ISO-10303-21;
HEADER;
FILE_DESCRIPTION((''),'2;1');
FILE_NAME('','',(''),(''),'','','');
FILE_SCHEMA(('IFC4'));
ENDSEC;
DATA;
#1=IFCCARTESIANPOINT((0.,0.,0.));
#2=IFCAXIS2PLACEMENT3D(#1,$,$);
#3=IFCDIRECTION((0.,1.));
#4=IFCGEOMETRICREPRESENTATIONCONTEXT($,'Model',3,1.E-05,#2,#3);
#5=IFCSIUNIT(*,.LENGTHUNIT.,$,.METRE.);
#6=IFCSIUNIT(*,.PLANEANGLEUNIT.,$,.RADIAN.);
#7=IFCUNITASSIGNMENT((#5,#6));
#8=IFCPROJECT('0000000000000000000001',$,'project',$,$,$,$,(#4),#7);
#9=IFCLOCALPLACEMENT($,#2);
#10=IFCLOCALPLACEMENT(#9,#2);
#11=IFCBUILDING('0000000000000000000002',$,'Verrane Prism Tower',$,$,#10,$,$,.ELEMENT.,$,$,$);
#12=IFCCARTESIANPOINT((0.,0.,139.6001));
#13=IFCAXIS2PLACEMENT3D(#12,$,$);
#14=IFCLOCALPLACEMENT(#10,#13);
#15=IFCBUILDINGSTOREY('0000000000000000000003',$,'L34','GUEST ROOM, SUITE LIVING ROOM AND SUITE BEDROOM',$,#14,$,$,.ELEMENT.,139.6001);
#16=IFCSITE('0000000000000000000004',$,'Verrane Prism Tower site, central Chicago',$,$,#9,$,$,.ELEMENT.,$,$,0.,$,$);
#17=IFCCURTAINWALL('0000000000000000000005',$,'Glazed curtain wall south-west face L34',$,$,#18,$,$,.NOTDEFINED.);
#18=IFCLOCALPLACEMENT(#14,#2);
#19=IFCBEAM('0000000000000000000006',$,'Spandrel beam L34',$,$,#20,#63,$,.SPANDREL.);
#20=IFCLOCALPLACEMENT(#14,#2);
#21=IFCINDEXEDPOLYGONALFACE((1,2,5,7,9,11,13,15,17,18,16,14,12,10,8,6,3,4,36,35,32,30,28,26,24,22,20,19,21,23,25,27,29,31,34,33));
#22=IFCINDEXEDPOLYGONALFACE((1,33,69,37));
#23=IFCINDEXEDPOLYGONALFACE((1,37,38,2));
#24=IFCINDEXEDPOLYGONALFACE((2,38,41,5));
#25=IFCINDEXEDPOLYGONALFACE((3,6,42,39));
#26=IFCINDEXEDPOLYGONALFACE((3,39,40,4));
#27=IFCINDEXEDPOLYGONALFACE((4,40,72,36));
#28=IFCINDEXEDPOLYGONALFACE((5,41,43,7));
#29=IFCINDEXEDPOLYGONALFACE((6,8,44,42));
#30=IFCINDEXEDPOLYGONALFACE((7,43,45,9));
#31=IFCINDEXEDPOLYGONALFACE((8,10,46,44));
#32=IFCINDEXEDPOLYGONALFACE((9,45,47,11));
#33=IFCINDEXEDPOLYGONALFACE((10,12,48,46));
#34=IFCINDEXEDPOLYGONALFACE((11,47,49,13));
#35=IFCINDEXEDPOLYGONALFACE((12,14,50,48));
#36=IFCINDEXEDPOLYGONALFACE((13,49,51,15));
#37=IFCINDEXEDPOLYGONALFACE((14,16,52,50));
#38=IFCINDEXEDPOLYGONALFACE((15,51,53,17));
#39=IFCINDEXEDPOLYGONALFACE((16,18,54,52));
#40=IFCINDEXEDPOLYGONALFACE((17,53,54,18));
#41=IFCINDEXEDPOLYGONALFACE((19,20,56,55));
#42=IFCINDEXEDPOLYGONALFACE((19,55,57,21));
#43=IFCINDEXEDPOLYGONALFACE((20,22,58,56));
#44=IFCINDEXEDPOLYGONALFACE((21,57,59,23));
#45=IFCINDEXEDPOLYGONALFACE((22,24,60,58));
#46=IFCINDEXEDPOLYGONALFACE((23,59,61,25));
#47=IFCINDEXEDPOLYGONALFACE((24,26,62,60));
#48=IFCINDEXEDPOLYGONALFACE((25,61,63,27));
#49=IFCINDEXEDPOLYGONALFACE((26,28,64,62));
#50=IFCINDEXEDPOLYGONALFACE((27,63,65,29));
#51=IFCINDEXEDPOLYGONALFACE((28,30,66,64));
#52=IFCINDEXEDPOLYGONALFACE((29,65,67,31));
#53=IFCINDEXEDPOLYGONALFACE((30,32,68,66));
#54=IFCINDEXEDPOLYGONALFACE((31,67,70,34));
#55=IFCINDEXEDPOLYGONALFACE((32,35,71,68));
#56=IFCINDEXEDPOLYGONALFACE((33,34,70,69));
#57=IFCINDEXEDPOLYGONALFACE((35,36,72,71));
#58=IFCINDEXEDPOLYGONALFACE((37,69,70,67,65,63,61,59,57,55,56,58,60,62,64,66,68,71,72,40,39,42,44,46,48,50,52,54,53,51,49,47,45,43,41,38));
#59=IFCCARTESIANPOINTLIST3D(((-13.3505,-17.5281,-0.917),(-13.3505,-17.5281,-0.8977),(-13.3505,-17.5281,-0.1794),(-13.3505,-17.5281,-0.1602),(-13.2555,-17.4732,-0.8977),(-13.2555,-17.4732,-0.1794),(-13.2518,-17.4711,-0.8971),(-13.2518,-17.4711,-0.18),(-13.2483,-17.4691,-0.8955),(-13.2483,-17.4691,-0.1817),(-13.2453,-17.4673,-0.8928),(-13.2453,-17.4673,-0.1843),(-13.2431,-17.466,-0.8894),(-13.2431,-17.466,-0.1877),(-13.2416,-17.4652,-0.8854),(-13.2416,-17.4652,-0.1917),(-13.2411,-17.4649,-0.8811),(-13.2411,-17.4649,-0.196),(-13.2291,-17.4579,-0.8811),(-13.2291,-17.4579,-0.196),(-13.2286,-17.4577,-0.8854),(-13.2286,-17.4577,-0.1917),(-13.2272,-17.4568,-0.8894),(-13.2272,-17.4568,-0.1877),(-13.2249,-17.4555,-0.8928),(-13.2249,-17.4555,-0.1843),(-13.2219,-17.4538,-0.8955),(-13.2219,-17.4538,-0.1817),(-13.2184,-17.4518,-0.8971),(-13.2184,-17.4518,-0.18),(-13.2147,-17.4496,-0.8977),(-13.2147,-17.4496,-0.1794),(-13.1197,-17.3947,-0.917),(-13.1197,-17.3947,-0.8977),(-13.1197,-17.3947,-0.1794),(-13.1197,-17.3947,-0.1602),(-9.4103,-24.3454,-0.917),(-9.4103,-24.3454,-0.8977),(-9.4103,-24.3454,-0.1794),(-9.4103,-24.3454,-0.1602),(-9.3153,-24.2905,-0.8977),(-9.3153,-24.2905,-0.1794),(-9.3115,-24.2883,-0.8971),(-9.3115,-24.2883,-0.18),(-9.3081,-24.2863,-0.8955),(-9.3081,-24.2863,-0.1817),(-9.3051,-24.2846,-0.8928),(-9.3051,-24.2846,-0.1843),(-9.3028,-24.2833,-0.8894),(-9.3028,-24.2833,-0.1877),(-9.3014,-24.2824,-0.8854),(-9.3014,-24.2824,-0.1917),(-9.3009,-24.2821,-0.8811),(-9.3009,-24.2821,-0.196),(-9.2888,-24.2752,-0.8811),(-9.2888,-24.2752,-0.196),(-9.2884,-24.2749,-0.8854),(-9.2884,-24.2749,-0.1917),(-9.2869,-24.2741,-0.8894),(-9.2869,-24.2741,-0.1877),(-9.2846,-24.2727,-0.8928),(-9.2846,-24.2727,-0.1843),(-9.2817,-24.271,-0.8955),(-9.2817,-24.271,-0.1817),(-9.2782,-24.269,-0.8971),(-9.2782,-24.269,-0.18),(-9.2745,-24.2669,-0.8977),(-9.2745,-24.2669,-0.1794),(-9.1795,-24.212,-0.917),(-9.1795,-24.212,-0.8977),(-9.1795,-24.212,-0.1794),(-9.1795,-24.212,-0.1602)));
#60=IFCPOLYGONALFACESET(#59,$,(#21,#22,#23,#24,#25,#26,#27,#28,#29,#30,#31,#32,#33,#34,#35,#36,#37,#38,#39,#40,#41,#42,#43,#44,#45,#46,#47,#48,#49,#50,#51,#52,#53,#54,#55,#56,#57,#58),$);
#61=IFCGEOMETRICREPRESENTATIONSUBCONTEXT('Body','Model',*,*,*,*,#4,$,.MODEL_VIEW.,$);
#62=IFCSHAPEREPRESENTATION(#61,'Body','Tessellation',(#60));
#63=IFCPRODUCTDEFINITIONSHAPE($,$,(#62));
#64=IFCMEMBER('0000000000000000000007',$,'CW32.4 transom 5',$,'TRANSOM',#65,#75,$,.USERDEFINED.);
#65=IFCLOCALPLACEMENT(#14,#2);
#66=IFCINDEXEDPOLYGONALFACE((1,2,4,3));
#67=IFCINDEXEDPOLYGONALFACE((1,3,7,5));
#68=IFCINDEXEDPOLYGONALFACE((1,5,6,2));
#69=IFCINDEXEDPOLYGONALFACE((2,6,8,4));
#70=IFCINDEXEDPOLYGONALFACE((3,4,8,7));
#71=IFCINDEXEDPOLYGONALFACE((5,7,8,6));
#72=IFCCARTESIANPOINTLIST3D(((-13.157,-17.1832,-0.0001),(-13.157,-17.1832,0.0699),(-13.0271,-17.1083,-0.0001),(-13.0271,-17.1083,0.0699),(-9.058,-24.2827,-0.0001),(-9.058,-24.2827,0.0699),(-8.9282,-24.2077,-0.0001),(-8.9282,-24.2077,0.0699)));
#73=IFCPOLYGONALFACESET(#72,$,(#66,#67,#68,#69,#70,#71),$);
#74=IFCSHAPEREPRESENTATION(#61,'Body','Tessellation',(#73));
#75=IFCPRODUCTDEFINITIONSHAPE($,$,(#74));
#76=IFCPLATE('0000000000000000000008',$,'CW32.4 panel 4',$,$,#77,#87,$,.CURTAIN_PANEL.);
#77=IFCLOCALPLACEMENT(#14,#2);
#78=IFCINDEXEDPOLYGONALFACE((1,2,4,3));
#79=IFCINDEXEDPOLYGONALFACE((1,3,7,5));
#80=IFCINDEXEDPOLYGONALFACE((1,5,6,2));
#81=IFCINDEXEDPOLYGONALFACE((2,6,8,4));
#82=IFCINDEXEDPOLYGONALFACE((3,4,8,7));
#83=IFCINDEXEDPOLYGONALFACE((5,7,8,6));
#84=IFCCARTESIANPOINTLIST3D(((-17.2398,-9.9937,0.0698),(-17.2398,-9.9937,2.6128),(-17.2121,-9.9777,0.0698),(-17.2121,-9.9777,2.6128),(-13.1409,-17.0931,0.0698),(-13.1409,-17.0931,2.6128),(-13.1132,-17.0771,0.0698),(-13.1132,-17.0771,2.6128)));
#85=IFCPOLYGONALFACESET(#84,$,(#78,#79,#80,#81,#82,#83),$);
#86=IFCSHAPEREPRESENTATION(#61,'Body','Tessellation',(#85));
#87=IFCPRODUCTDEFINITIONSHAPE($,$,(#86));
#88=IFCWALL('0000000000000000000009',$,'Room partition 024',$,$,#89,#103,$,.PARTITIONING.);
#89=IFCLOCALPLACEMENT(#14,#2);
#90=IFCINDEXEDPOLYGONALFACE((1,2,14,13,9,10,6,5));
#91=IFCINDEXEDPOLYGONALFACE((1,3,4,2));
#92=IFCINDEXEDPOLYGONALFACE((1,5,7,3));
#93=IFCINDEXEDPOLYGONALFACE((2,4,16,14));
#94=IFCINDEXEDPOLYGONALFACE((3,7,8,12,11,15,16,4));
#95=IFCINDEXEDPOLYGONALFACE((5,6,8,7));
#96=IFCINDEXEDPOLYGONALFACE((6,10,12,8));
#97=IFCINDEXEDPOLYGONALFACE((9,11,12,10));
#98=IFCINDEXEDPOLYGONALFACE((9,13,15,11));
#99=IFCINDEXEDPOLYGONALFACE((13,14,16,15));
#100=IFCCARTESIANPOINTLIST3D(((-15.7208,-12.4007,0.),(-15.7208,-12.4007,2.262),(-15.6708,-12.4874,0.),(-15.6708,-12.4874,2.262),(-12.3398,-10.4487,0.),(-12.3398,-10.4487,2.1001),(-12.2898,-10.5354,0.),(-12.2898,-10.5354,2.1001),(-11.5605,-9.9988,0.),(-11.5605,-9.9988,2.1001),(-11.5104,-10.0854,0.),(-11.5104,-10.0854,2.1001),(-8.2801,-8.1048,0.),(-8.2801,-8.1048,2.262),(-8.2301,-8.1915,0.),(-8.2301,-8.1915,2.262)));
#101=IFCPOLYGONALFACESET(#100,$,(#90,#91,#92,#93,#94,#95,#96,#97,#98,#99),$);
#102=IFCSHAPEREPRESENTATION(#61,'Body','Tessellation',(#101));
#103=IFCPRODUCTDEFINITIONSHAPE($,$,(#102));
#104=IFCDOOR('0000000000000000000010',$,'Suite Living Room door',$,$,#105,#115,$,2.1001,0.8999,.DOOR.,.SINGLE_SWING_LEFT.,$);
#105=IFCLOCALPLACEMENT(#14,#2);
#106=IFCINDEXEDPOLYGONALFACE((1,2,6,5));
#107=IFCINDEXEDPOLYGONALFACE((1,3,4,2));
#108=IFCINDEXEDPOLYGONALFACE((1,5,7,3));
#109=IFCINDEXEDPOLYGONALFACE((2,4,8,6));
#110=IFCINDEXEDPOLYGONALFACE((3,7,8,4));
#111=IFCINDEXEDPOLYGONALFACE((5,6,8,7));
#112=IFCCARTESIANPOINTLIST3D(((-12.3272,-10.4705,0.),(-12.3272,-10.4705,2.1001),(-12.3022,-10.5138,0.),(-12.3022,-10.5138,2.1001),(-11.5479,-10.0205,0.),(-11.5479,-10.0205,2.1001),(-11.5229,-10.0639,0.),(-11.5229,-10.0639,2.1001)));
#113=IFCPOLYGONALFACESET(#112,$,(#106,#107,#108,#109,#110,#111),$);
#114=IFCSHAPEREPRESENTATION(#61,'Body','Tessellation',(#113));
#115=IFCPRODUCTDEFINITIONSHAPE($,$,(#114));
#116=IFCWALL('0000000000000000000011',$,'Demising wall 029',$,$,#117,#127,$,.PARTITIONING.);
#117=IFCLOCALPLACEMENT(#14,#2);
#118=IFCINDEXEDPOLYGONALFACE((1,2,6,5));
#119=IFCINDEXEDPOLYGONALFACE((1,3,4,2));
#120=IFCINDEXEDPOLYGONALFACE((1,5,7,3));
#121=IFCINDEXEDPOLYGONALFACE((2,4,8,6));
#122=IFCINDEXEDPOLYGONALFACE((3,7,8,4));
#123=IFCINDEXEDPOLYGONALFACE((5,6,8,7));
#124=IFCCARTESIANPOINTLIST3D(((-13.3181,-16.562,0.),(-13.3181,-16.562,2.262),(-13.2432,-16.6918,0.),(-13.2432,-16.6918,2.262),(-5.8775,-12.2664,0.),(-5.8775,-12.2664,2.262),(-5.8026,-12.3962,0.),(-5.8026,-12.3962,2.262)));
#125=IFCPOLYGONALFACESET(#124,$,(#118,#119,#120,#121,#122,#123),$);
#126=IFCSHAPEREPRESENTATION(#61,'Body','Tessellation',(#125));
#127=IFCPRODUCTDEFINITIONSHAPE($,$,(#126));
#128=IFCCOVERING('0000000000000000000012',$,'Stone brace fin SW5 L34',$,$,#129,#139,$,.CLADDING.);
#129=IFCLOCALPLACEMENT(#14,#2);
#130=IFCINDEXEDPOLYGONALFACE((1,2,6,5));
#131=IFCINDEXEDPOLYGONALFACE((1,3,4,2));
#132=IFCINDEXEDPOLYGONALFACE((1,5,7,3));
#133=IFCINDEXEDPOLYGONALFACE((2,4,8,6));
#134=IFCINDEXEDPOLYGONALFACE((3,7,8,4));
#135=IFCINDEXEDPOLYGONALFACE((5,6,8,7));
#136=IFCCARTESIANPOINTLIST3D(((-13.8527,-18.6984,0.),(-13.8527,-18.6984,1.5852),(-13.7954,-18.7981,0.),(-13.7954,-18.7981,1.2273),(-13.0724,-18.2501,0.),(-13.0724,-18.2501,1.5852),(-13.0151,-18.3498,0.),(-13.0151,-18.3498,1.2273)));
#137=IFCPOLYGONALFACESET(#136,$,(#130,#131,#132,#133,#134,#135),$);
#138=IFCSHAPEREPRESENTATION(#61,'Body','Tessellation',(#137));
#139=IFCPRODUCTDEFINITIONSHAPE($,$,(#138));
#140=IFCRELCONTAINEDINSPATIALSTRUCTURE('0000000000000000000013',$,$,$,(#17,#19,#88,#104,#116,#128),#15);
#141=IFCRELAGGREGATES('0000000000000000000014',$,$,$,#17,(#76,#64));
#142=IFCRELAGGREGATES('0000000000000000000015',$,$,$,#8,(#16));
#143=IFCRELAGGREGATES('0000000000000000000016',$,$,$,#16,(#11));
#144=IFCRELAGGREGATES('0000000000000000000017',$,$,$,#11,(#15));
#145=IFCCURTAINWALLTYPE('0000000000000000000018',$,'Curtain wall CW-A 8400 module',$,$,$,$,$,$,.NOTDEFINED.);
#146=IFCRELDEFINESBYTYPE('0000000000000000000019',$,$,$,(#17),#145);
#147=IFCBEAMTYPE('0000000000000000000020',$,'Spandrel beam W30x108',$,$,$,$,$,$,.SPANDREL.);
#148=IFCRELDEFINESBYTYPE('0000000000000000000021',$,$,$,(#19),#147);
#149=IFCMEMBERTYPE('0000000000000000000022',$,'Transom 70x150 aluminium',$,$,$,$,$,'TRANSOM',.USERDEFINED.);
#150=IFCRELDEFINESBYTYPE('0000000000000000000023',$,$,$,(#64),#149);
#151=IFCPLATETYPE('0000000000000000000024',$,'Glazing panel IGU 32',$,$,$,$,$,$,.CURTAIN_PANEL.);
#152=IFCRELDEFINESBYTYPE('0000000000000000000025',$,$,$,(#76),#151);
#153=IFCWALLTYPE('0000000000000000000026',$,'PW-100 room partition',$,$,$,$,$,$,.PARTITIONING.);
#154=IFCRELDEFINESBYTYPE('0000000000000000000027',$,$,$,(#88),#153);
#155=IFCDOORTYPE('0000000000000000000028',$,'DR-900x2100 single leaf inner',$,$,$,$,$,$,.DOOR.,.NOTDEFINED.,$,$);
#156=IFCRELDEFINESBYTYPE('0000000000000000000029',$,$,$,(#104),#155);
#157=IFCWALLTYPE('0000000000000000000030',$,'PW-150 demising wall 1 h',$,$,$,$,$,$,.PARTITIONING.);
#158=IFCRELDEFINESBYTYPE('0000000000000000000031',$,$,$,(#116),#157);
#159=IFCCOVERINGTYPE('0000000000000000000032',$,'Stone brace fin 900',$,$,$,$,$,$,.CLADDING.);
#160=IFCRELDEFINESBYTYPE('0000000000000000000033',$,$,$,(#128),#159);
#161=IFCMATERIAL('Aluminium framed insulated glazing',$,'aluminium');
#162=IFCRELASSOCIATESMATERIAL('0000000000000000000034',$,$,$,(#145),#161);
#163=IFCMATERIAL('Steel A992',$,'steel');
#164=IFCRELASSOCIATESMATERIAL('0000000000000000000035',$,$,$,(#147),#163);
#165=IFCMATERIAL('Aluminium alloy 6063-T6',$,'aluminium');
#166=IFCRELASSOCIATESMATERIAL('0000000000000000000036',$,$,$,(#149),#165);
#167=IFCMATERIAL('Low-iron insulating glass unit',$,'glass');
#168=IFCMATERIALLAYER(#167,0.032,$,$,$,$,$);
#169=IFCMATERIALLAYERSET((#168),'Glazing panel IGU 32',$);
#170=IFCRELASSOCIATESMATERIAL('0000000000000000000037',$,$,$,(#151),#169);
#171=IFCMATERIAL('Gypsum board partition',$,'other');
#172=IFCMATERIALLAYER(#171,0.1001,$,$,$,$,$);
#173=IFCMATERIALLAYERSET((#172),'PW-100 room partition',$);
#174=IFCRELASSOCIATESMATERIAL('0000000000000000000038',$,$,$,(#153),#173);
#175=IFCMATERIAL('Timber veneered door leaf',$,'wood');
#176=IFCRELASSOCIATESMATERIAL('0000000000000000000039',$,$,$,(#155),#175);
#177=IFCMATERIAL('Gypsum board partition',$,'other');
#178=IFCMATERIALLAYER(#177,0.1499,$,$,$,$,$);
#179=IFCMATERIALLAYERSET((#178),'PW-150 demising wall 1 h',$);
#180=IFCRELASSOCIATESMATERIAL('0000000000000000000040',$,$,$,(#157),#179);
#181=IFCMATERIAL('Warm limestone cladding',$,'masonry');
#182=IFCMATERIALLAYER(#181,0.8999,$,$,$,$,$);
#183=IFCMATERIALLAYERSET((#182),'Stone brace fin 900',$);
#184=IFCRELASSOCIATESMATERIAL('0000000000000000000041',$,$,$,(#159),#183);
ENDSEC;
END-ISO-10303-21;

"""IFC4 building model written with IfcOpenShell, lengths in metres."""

from ifc_helpers import new_model, si_unit, direction, frame, frame_2d, origin, origin_2d, place, context, subcontext, project, spatial, polyline, rectangle, i_section, outline, extrude, material, layer, layer_set, material_profile, profile_set, type_object, element, fill, aggregate, save


model = new_model("IFC4")

# Units and contexts
model_context = context("Model", 3, precision=1e-05, world=origin(), true_north=direction((0.0, 1.0)))
body_context = subcontext(model_context, "Body", "Model", "MODEL_VIEW")
ifc_project = project(units=[si_unit("LENGTHUNIT", "METRE"), si_unit("PLANEANGLEUNIT", "RADIAN")], contexts=[model_context])

# Site, building, storey
site_placement = place(None, origin())
site = spatial("IfcSite", under=ifc_project, at=site_placement, Name="Verrane Prism Tower site, central Chicago", CompositionType="ELEMENT", RefElevation=0.0)
building_placement = place(site_placement, origin())
building = spatial("IfcBuilding", under=site, at=building_placement, Name="Verrane Prism Tower", CompositionType="ELEMENT")
storey_placement = place(building_placement, frame((0.0, 0.0, 139.6001)))
storey = spatial("IfcBuildingStorey", under=building, at=storey_placement, Name="L34", Description="GUEST ROOM, SUITE LIVING ROOM AND SUITE BEDROOM", CompositionType="ELEMENT", Elevation=139.6001)

# Curtain wall
ifc_material_1 = material(Name="Aluminium framed insulated glazing", Category="aluminium")
curtain_wall_type = type_object("IfcCurtainWallType", Name="Curtain wall CW-A 8400 module", PredefinedType="NOTDEFINED", material=ifc_material_1)
curtain_wall_placement = place(storey_placement, origin())
curtain_wall = element("IfcCurtainWall", 1, at=curtain_wall_placement, inside=storey, type_object=curtain_wall_type, Name="Glazed curtain wall south-west face L34", PredefinedType="NOTDEFINED")

# Beam
ifc_material_2 = material(Name="Steel A992", Category="steel")
ifc_material_profile_1 = material_profile(ifc_material_2, i_section(OverallWidth=0.2666, OverallDepth=0.7568, WebThickness=0.0139, FlangeThickness=0.0193, FilletRadius=0.0166, at=origin_2d()), Name="W30x108")
ifc_profile_set_1 = profile_set([ifc_material_profile_1], Name="Steel A992")
beam_type_1 = type_object("IfcBeamType", Name="Spandrel beam W30x108", PredefinedType="SPANDREL", material=ifc_profile_set_1)
for number, where, z_axis, x_axis, name in (
    (2, (-13.2351, -17.4614, -0.5386), (0.50041, -0.865788, 0.0), (0.865788, 0.50041, 0.0), "Spandrel beam L34"),
):
    element("IfcBeam", number, at=place(storey_placement, frame(where, z_axis=z_axis, x_axis=x_axis)), inside=storey, type_object=beam_type_1, Name=name, PredefinedType="SPANDREL", context=body_context, shape_type="SweptSolid", body=[
        extrude(i_section(OverallWidth=0.2666, OverallDepth=0.7568, WebThickness=0.0139, FlangeThickness=0.0193, FilletRadius=0.0166, at=origin_2d()), origin(), (0.0, 0.0, 1.0), 7.874),
    ])

# Member
ifc_material_3 = material(Name="Aluminium alloy 6063-T6", Category="aluminium")
ifc_material_profile_2 = material_profile(ifc_material_3, rectangle(XDim=0.1499, YDim=0.0701, at=origin_2d()), Name="Transom 70x150 aluminium")
ifc_profile_set_2 = profile_set([ifc_material_profile_2], Name="Aluminium alloy 6063-T6")
member_type_1 = type_object("IfcMemberType", Name="Transom 70x150 aluminium", ElementType="TRANSOM", PredefinedType="USERDEFINED", material=ifc_profile_set_2)
member_1_placement = place(storey_placement, frame((-13.092, -17.1458, 0.0349), z_axis=(0.500005, -0.866022, 0.0), x_axis=(0.866022, 0.500005, 0.0)))
member_1 = element("IfcMember", 3, at=member_1_placement, type_object=member_type_1, Name="CW32.4 transom 5", ObjectType="TRANSOM", PredefinedType="USERDEFINED", context=body_context, shape_type="SweptSolid", body=[
    extrude(rectangle(XDim=0.1499, YDim=0.0701, at=origin_2d()), origin(), (0.0, 0.0, 1.0), 8.1978),
])

# Plate
ifc_material_4 = material(Name="Low-iron insulating glass unit", Category="glass")
ifc_layer_1 = layer(ifc_material_4, 0.032)
ifc_layer_set_1 = layer_set([ifc_layer_1], Name="Glazing panel IGU 32")
plate_type = type_object("IfcPlateType", Name="Glazing panel IGU 32", PredefinedType="CURTAIN_PANEL", material=ifc_layer_set_1)
plate_placement = place(storey_placement, frame((-15.1765, -13.5354, 0.0698), z_axis=(0.0, 0.0, 1.0), x_axis=(0.5, -0.866025, 0.0)))
plate = element("IfcPlate", 4, at=plate_placement, type_object=plate_type, Name="CW32.4 panel 4", PredefinedType="CURTAIN_PANEL", context=body_context, shape_type="SweptSolid", body=[
    extrude(rectangle(XDim=8.1978, YDim=0.032, at=origin_2d()), origin(), (0.0, 0.0, 1.0), 2.543),
])
aggregate(curtain_wall, [plate, member_1])

# Wall, opening, door
ifc_material_5 = material(Name="Gypsum board partition", Category="other")
ifc_layer_2 = layer(ifc_material_5, 0.1001)
ifc_layer_set_2 = layer_set([ifc_layer_2], Name="PW-100 room partition")
wall_type_1 = type_object("IfcWallType", Name="PW-100 room partition", PredefinedType="PARTITIONING", material=ifc_layer_set_2)
wall_1_placement = place(storey_placement, frame((-15.6958, -12.4441, 0.0), z_axis=(0.0, 0.0, 1.0), x_axis=(0.866024, 0.500002, 0.0)))
wall_1 = element("IfcWall", 5, at=wall_1_placement, inside=storey, type_object=wall_type_1, Name="Room partition 024", PredefinedType="PARTITIONING", context=body_context, shape_type="SweptSolid", body=[
    extrude(rectangle(XDim=8.5918, YDim=0.1001, at=frame_2d((4.2959, 0.0))), origin(), (0.0, 0.0, 1.0), 2.262),
])
opening_placement = place(wall_1_placement, frame((3.9041, 0.0, 0.0)))
opening = element("IfcOpeningElement", 6, at=opening_placement, cuts=wall_1, PredefinedType="OPENING", context=body_context, shape_type="SweptSolid", body=[
    extrude(rectangle(XDim=0.8999, YDim=2.1001, at=frame_2d((0.45, 1.05))), frame((0.0, 0.0601, 0.0), z_axis=(0.0, -1.0, 0.0), x_axis=(1.0, 0.0, 0.0)), (0.0, 0.0, 1.0), 0.1201),
])
ifc_material_6 = material(Name="Timber veneered door leaf", Category="wood")
door_type = type_object("IfcDoorType", Name="DR-900x2100 single leaf inner", OperationType="NOTDEFINED", PredefinedType="DOOR", material=ifc_material_6)
door_placement = place(opening_placement, origin())
door = element("IfcDoor", 7, at=door_placement, inside=storey, type_object=door_type, Name="Suite Living Room door", OperationType="SINGLE_SWING_LEFT", OverallHeight=2.1001, OverallWidth=0.8999, PredefinedType="DOOR", context=body_context, shape_type="SweptSolid", body=[
    extrude(rectangle(XDim=0.8999, YDim=2.1001, at=frame_2d((0.45, 1.05))), frame((0.0, 0.0249, 0.0), z_axis=(0.0, -1.0, 0.0), x_axis=(1.0, 0.0, 0.0)), (0.0, 0.0, 1.0), 0.05),
])
fill(opening, door)

# Wall
ifc_material_7 = material(Name="Gypsum board partition", Category="other")
ifc_layer_3 = layer(ifc_material_7, 0.1499)
ifc_layer_set_3 = layer_set([ifc_layer_3], Name="PW-150 demising wall 1 h")
wall_type_2 = type_object("IfcWallType", Name="PW-150 demising wall 1 h", PredefinedType="PARTITIONING", material=ifc_layer_set_3)
wall_2_placement = place(storey_placement, frame((-13.2808, -16.627, 0.0), z_axis=(0.0, 0.0, 1.0), x_axis=(0.866037, 0.499981, 0.0)))
element("IfcWall", 8, at=wall_2_placement, inside=storey, type_object=wall_type_2, Name="Demising wall 029", PredefinedType="PARTITIONING", context=body_context, shape_type="SweptSolid", body=[
    extrude(rectangle(XDim=8.5916, YDim=0.1499, at=frame_2d((4.2959, 0.0))), origin(), (0.0, 0.0, 1.0), 2.262),
])

# Covering
ifc_material_8 = material(Name="Warm limestone cladding", Category="masonry")
ifc_layer_4 = layer(ifc_material_8, 0.8999)
ifc_layer_set_4 = layer_set([ifc_layer_4], Name="Stone brace fin 900")
covering_type = type_object("IfcCoveringType", Name="Stone brace fin 900", PredefinedType="CLADDING", material=ifc_layer_set_4)
covering_placement = place(storey_placement, frame((-13.4053, -18.574, 0.0), z_axis=(0.0, 0.0, 1.0), x_axis=(-0.498192, 0.867067, 0.0)))
element("IfcCovering", 9, at=covering_placement, inside=storey, type_object=covering_type, Name="Stone brace fin SW5 L34", PredefinedType="CLADDING", context=body_context, shape_type="SweptSolid", body=[
    extrude(outline(polyline([(0.0, 0.0), (0.115, 0.0), (0.115, 1.5852), (0.0, 1.2273), (0.0, 0.0)])), frame((0.0, 0.45, 0.0), z_axis=(0.0, -1.0, 0.0), x_axis=(1.0, 0.0, 0.0)), (0.0, 0.0, 1.0), 0.8999),
])

save(model, "model.ifc")
